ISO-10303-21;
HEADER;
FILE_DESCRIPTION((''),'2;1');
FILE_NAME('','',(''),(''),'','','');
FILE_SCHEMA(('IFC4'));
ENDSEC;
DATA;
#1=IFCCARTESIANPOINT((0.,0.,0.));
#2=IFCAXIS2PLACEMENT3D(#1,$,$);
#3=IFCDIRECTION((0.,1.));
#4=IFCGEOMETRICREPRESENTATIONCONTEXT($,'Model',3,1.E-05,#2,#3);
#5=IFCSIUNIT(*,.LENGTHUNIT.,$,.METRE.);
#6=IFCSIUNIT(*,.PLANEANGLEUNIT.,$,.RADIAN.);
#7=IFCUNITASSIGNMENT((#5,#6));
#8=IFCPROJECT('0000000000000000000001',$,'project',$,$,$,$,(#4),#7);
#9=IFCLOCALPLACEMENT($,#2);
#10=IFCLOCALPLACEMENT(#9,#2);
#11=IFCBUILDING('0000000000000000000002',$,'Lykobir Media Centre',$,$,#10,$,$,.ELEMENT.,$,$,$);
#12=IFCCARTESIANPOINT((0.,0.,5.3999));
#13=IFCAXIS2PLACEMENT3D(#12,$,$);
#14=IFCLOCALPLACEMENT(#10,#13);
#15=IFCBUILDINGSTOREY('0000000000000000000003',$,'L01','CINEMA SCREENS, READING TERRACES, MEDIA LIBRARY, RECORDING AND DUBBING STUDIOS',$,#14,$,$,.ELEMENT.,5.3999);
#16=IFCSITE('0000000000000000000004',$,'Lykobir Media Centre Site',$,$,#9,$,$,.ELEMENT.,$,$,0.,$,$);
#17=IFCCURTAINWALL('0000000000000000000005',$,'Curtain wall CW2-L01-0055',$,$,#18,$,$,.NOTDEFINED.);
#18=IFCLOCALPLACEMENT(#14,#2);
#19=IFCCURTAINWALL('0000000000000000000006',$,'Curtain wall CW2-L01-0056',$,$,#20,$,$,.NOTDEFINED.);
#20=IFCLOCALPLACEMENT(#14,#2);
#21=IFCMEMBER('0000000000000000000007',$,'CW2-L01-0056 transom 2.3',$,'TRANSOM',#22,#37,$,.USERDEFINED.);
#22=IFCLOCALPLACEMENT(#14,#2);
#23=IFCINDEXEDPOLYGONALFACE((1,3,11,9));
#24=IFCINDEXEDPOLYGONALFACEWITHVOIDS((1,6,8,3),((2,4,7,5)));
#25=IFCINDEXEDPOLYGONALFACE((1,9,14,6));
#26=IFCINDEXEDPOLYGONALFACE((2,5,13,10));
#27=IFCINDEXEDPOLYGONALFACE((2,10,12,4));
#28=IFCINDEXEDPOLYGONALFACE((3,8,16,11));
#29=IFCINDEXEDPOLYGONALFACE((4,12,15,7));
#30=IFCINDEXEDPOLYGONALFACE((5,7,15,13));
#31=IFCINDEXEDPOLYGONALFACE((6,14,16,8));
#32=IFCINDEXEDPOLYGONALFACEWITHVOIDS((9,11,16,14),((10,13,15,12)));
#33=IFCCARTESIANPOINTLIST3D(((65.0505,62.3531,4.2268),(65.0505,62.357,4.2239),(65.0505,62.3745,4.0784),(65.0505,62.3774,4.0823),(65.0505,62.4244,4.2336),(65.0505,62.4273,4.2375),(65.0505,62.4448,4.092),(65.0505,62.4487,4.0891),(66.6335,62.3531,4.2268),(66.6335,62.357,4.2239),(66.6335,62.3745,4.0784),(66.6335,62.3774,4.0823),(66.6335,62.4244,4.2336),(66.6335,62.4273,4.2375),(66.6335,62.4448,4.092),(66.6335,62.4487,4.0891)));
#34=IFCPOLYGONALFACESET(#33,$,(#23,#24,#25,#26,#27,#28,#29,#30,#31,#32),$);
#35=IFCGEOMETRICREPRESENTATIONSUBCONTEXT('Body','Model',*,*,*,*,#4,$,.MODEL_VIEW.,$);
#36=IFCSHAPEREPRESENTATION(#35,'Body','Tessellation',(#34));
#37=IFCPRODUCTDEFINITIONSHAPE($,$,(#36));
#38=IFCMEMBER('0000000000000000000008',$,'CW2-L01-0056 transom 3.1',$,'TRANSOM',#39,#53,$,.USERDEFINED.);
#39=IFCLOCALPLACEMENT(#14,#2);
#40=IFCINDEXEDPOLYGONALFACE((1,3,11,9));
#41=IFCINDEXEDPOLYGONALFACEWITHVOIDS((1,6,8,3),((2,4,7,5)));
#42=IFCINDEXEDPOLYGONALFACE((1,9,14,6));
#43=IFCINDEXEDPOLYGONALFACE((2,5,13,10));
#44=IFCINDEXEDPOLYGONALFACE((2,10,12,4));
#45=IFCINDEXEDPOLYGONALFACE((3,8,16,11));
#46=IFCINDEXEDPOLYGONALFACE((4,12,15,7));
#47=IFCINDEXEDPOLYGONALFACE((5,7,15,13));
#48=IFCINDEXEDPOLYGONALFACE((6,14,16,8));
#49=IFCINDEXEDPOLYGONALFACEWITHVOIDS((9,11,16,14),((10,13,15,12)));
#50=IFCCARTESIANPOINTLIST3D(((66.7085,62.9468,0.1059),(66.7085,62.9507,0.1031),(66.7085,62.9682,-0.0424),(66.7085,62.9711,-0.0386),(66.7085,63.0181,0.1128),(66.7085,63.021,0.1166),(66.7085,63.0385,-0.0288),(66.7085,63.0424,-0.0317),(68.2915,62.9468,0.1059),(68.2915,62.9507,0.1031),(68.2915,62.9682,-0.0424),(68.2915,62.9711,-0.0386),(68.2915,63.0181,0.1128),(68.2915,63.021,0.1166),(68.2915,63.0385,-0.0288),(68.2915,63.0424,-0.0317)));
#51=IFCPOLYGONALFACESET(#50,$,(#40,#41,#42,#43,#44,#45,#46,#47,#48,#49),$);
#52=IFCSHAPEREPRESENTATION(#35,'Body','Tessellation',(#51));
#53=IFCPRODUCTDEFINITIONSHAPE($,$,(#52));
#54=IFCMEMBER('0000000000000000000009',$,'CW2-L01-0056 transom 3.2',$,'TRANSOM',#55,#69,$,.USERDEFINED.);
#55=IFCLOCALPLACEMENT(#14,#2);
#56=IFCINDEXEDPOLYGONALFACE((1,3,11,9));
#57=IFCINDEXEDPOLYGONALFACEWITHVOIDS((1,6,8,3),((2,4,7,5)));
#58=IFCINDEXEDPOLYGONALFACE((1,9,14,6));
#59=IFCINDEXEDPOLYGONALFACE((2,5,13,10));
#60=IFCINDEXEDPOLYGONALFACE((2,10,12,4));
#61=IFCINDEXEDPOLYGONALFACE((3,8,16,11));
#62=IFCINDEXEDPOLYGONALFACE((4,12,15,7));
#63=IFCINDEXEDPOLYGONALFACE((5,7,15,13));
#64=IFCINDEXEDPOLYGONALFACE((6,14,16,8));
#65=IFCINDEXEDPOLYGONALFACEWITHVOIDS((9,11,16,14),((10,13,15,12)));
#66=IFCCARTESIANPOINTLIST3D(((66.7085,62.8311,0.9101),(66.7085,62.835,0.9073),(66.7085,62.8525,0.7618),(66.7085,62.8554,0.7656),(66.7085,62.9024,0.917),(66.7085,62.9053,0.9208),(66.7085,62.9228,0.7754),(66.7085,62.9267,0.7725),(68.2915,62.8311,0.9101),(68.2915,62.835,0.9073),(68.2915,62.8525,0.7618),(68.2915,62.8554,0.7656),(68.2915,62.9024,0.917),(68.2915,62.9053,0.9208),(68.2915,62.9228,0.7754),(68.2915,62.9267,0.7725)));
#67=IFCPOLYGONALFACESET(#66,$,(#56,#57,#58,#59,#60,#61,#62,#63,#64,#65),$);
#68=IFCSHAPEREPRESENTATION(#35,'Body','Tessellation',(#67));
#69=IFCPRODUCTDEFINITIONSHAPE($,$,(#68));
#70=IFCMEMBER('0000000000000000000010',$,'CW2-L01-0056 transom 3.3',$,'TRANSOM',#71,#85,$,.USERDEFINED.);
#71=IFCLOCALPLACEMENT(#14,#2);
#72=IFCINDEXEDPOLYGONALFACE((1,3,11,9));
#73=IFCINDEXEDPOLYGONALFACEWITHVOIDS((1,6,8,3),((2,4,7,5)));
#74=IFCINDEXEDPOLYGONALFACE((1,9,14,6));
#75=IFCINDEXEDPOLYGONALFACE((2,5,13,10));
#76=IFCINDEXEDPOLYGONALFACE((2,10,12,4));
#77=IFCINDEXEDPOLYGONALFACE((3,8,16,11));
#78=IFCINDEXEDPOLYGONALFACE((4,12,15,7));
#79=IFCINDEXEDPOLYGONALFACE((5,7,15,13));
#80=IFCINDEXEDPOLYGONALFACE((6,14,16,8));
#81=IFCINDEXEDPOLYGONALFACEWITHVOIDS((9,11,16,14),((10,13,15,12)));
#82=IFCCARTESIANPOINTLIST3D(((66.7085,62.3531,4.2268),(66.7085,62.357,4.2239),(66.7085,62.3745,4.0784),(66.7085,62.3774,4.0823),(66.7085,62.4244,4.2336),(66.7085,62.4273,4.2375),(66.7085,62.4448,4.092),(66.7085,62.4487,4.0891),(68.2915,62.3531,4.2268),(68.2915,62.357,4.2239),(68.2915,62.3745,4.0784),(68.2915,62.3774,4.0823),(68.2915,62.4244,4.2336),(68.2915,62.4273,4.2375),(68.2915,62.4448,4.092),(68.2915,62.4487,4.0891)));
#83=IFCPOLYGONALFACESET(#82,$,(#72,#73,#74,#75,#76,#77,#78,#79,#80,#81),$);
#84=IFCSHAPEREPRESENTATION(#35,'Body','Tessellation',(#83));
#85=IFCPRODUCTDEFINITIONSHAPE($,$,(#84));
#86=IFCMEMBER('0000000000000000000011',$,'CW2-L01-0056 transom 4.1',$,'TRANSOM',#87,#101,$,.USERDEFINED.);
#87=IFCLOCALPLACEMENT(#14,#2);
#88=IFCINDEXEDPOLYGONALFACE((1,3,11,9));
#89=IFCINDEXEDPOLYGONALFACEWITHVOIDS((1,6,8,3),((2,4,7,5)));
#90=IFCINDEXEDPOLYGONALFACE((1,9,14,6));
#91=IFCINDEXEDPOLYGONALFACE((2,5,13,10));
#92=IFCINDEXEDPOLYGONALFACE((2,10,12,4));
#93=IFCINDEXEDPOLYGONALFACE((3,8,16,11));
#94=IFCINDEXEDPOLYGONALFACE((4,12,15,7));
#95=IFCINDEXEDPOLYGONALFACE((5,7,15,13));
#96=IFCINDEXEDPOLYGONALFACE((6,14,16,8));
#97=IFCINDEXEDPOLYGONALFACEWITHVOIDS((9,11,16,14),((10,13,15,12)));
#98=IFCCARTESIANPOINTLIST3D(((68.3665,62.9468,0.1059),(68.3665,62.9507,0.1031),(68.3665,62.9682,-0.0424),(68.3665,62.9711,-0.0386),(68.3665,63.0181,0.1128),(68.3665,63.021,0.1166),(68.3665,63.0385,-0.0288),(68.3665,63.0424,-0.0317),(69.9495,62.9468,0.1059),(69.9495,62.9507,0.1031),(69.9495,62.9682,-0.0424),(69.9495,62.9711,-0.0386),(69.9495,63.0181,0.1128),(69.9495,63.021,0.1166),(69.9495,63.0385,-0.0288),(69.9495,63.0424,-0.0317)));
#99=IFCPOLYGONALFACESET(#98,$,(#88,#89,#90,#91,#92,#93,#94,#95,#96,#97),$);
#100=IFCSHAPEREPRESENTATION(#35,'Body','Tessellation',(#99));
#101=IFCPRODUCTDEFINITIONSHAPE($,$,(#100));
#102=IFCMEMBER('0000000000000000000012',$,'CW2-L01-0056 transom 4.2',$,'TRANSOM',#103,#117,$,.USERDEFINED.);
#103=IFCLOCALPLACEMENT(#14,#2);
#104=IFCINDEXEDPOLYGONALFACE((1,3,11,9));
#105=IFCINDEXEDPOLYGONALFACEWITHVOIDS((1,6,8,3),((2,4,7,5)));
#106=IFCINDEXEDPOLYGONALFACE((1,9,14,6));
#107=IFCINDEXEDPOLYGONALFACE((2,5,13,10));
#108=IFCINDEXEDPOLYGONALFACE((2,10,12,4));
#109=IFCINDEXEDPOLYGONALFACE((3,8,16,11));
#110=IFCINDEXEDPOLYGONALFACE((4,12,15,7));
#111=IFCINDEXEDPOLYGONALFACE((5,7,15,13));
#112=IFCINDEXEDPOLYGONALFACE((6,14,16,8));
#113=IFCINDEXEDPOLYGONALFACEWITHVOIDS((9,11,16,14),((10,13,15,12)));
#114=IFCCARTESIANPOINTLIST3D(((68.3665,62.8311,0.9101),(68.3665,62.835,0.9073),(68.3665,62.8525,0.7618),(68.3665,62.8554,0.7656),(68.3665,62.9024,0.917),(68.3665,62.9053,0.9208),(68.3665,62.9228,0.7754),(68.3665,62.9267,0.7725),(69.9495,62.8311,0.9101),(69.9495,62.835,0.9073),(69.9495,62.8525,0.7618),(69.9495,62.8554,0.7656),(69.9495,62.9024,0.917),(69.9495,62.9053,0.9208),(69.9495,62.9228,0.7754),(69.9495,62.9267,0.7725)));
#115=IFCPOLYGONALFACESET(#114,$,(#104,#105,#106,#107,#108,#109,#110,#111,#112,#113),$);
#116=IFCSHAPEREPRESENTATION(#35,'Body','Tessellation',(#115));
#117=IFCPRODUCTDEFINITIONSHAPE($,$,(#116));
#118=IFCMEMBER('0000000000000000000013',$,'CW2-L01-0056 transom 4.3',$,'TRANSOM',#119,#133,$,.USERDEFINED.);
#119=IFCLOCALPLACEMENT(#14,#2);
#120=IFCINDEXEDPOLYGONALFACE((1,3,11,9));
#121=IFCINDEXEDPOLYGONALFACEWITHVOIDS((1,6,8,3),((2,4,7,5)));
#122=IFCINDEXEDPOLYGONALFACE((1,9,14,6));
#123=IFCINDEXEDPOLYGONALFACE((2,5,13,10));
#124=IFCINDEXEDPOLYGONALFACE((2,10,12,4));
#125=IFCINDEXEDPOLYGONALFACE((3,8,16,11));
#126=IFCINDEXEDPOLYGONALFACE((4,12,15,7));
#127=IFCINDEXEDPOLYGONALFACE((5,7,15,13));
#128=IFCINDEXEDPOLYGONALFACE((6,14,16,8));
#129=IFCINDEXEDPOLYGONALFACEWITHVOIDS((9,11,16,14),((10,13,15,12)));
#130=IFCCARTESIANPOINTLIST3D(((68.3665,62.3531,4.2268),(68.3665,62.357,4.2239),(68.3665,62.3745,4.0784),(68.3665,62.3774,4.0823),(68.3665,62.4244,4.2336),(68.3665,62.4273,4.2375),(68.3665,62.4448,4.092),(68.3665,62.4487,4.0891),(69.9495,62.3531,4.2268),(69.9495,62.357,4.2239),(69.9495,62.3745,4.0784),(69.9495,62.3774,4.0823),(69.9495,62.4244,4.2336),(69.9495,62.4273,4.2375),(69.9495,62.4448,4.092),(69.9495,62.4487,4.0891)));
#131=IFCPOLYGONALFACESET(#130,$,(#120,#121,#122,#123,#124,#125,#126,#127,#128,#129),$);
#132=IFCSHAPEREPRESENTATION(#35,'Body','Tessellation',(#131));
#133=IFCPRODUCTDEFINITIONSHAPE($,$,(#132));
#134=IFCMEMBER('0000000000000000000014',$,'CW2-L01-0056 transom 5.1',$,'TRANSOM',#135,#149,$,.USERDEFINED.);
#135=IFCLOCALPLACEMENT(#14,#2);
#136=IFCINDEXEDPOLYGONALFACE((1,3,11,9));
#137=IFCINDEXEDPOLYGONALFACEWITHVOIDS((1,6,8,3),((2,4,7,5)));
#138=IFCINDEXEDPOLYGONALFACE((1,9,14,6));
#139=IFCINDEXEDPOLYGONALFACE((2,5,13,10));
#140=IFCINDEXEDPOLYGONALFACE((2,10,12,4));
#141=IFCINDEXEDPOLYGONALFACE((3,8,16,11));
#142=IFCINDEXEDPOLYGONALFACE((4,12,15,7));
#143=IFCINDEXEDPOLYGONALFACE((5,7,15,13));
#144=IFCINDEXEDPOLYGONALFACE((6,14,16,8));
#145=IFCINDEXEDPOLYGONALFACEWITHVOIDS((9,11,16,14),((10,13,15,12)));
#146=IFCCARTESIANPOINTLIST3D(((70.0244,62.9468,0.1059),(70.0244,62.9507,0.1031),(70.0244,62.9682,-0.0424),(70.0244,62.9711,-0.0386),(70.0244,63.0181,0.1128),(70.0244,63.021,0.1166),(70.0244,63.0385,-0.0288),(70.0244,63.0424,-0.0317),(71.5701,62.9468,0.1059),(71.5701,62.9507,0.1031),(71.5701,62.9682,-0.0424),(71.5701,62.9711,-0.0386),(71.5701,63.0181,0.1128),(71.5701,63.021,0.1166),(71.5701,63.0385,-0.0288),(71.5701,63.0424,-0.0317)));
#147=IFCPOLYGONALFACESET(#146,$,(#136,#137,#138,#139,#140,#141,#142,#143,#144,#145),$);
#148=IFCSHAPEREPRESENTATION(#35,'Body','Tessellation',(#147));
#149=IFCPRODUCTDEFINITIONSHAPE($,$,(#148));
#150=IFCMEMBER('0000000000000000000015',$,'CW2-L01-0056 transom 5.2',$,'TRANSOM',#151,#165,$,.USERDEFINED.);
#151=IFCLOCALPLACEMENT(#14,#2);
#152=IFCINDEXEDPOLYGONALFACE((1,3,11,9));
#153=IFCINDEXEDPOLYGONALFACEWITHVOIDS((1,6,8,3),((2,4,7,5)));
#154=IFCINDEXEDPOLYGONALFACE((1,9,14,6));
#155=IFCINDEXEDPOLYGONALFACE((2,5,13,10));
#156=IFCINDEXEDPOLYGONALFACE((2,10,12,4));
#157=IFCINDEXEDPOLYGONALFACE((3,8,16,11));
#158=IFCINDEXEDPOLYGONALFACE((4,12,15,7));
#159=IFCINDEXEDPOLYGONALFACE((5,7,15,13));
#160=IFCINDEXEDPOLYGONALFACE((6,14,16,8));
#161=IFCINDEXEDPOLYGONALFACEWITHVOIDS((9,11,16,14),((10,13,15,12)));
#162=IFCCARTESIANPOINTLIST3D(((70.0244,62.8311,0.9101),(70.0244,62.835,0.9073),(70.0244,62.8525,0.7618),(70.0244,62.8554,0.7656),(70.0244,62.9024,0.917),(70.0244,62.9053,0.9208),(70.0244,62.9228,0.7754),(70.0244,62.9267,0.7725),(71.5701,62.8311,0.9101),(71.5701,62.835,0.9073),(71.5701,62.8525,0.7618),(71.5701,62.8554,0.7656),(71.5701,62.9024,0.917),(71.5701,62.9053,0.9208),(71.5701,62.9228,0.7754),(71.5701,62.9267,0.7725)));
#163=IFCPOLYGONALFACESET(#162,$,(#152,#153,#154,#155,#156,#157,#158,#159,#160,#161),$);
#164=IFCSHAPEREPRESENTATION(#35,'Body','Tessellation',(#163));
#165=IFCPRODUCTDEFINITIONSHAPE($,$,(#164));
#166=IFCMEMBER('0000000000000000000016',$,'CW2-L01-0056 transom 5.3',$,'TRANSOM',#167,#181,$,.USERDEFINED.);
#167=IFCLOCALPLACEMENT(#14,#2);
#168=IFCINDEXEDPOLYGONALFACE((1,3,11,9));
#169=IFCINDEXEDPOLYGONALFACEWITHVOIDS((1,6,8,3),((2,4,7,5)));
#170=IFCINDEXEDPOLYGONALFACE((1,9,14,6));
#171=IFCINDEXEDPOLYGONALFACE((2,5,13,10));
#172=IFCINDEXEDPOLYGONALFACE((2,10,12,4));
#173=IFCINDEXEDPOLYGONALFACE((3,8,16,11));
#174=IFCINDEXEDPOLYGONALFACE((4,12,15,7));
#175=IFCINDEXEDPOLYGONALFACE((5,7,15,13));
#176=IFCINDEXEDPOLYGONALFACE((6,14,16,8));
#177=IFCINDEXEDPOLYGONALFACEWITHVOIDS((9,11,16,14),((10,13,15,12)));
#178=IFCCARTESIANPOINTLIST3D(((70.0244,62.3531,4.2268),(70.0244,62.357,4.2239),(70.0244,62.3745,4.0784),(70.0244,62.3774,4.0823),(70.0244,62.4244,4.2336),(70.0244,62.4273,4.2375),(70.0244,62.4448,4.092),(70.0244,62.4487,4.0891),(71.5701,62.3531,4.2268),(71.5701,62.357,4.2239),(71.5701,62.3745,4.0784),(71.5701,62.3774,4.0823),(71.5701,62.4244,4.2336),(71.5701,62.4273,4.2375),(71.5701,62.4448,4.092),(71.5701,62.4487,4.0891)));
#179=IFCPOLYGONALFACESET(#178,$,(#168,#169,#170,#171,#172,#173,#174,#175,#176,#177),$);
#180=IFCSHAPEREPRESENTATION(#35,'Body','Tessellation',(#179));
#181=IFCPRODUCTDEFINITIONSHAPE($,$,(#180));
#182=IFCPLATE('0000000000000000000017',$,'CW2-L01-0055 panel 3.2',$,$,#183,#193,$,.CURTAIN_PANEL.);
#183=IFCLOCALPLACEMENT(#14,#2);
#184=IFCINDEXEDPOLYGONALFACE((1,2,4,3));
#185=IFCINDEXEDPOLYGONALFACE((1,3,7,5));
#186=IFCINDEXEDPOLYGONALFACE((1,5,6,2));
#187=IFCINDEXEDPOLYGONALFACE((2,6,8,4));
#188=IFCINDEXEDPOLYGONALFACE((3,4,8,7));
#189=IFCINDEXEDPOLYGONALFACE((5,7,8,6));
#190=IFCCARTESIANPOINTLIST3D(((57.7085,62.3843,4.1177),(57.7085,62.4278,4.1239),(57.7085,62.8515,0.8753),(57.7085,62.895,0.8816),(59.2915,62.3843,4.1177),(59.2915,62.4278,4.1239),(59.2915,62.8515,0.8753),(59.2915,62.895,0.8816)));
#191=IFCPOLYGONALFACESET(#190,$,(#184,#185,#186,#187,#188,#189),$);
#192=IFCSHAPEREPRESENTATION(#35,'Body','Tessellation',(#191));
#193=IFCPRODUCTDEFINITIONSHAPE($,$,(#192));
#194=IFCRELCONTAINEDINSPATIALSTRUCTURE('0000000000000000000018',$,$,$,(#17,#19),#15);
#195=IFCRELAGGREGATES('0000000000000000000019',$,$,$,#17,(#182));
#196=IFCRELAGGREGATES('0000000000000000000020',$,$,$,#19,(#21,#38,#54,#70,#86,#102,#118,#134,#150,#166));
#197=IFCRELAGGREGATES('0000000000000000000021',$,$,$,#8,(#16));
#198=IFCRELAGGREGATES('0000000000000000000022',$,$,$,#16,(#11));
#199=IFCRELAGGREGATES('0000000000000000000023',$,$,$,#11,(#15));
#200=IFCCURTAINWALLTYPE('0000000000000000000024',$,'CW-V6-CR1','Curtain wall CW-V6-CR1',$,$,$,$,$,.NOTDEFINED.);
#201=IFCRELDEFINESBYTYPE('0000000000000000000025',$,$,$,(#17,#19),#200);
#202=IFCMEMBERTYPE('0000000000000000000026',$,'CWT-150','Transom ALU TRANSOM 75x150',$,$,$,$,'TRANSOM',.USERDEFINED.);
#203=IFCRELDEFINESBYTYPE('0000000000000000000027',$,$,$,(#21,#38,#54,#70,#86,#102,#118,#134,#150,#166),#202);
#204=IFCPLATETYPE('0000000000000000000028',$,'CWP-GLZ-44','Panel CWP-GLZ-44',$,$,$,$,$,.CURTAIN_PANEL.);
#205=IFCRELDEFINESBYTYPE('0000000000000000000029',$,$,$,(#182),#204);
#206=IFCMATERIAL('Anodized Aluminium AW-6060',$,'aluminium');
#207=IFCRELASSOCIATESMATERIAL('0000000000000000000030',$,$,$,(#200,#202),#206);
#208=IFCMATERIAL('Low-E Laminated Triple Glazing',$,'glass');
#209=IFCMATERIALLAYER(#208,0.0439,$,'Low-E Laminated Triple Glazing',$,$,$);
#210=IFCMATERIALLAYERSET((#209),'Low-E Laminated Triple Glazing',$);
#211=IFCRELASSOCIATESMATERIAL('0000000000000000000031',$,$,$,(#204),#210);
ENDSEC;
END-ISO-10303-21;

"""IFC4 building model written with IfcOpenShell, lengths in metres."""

from ifc_helpers import new_model, si_unit, direction, frame, origin, origin_2d, place, context, subcontext, project, spatial, rectangle, hollow_rectangle, extrude, material, layer, layer_set, material_profile, profile_set, type_object, element, aggregate, save


model = new_model("IFC4")

# Units and contexts
model_context = context("Model", 3, precision=1e-05, world=origin(), true_north=direction((0.0, 1.0)))
body_context = subcontext(model_context, "Body", "Model", "MODEL_VIEW")
ifc_project = project(units=[si_unit("LENGTHUNIT", "METRE"), si_unit("PLANEANGLEUNIT", "RADIAN")], contexts=[model_context])

# Site, building, storey
site_placement = place(None, origin())
site = spatial("IfcSite", under=ifc_project, at=site_placement, Name="Lykobir Media Centre Site", CompositionType="ELEMENT", RefElevation=0.0)
building_placement = place(site_placement, origin())
building = spatial("IfcBuilding", under=site, at=building_placement, Name="Lykobir Media Centre", CompositionType="ELEMENT")
storey_placement = place(building_placement, frame((0.0, 0.0, 5.3999)))
storey = spatial("IfcBuildingStorey", under=building, at=storey_placement, Name="L01", Description="CINEMA SCREENS, READING TERRACES, MEDIA LIBRARY, RECORDING AND DUBBING STUDIOS", CompositionType="ELEMENT", Elevation=5.3999)

# Curtain walls, members
ifc_material_1 = material(Name="Anodized Aluminium AW-6060", Category="aluminium")
curtain_wall_type = type_object("IfcCurtainWallType", Name="CW-V6-CR1", Description="Curtain wall CW-V6-CR1", PredefinedType="NOTDEFINED", material=ifc_material_1)
curtain_wall_1_placement = place(storey_placement, origin())
curtain_wall_1 = element("IfcCurtainWall", 1, at=curtain_wall_1_placement, inside=storey, type_object=curtain_wall_type, Name="Curtain wall CW2-L01-0055", PredefinedType="NOTDEFINED")
ifc_material_profile = material_profile(ifc_material_1, hollow_rectangle(XDim=0.075, YDim=0.1499, WallThickness=0.0034, at=origin_2d()), Name="ALU TRANSOM 75x150")
ifc_profile_set = profile_set([ifc_material_profile], Name="Anodized Aluminium AW-6060")
member_type = type_object("IfcMemberType", Name="CWT-150", Description="Transom ALU TRANSOM 75x150", ElementType="TRANSOM", PredefinedType="USERDEFINED", material=ifc_profile_set)
curtain_wall_2_placement = place(storey_placement, origin())
curtain_wall_2 = element("IfcCurtainWall", 2, at=curtain_wall_2_placement, inside=storey, type_object=curtain_wall_type, Name="Curtain wall CW2-L01-0056", PredefinedType="NOTDEFINED")
member_1_placement = place(storey_placement, frame((65.0505, 62.4009, 4.158), z_axis=(1.0, 0.0, 0.0), x_axis=(0.0, 0.989776, 0.142629)))
member_1 = element("IfcMember", 3, at=member_1_placement, type_object=member_type, Name="CW2-L01-0056 transom 2.3", ObjectType="TRANSOM", PredefinedType="USERDEFINED", context=body_context, shape_type="SweptSolid", body=[
    extrude(hollow_rectangle(XDim=0.075, YDim=0.1499, WallThickness=0.0034, at=origin_2d()), origin(), (0.0, 0.0, 1.0), 1.583),
])
member_2_placement = place(storey_placement, frame((66.7085, 62.9946, 0.0371), z_axis=(1.0, 0.0, 0.0), x_axis=(0.0, 0.989776, 0.142629)))
member_2 = element("IfcMember", 4, at=member_2_placement, type_object=member_type, Name="CW2-L01-0056 transom 3.1", ObjectType="TRANSOM", PredefinedType="USERDEFINED", context=body_context, shape_type="SweptSolid", body=[
    extrude(hollow_rectangle(XDim=0.075, YDim=0.1499, WallThickness=0.0034, at=origin_2d()), origin(), (0.0, 0.0, 1.0), 1.583),
])
member_3_placement = place(storey_placement, frame((66.7085, 62.8789, 0.8413), z_axis=(1.0, 0.0, 0.0), x_axis=(0.0, 0.989776, 0.142629)))
member_3 = element("IfcMember", 5, at=member_3_placement, type_object=member_type, Name="CW2-L01-0056 transom 3.2", ObjectType="TRANSOM", PredefinedType="USERDEFINED", context=body_context, shape_type="SweptSolid", body=[
    extrude(hollow_rectangle(XDim=0.075, YDim=0.1499, WallThickness=0.0034, at=origin_2d()), origin(), (0.0, 0.0, 1.0), 1.583),
])
member_4_placement = place(storey_placement, frame((66.7085, 62.4009, 4.158), z_axis=(1.0, 0.0, 0.0), x_axis=(0.0, 0.989776, 0.142629)))
member_4 = element("IfcMember", 6, at=member_4_placement, type_object=member_type, Name="CW2-L01-0056 transom 3.3", ObjectType="TRANSOM", PredefinedType="USERDEFINED", context=body_context, shape_type="SweptSolid", body=[
    extrude(hollow_rectangle(XDim=0.075, YDim=0.1499, WallThickness=0.0034, at=origin_2d()), origin(), (0.0, 0.0, 1.0), 1.583),
])
member_5_placement = place(storey_placement, frame((68.3665, 62.9946, 0.0371), z_axis=(1.0, 0.0, 0.0), x_axis=(0.0, 0.989776, 0.142629)))
member_5 = element("IfcMember", 7, at=member_5_placement, type_object=member_type, Name="CW2-L01-0056 transom 4.1", ObjectType="TRANSOM", PredefinedType="USERDEFINED", context=body_context, shape_type="SweptSolid", body=[
    extrude(hollow_rectangle(XDim=0.075, YDim=0.1499, WallThickness=0.0034, at=origin_2d()), origin(), (0.0, 0.0, 1.0), 1.583),
])
member_6_placement = place(storey_placement, frame((68.3665, 62.8789, 0.8413), z_axis=(1.0, 0.0, 0.0), x_axis=(0.0, 0.989776, 0.142629)))
member_6 = element("IfcMember", 8, at=member_6_placement, type_object=member_type, Name="CW2-L01-0056 transom 4.2", ObjectType="TRANSOM", PredefinedType="USERDEFINED", context=body_context, shape_type="SweptSolid", body=[
    extrude(hollow_rectangle(XDim=0.075, YDim=0.1499, WallThickness=0.0034, at=origin_2d()), origin(), (0.0, 0.0, 1.0), 1.583),
])
member_7_placement = place(storey_placement, frame((68.3665, 62.4009, 4.158), z_axis=(1.0, 0.0, 0.0), x_axis=(0.0, 0.989776, 0.142629)))
member_7 = element("IfcMember", 9, at=member_7_placement, type_object=member_type, Name="CW2-L01-0056 transom 4.3", ObjectType="TRANSOM", PredefinedType="USERDEFINED", context=body_context, shape_type="SweptSolid", body=[
    extrude(hollow_rectangle(XDim=0.075, YDim=0.1499, WallThickness=0.0034, at=origin_2d()), origin(), (0.0, 0.0, 1.0), 1.583),
])
member_8_placement = place(storey_placement, frame((70.0244, 62.9946, 0.0371), z_axis=(1.0, 0.0, 0.0), x_axis=(0.0, 0.989776, 0.142629)))
member_8 = element("IfcMember", 10, at=member_8_placement, type_object=member_type, Name="CW2-L01-0056 transom 5.1", ObjectType="TRANSOM", PredefinedType="USERDEFINED", context=body_context, shape_type="SweptSolid", body=[
    extrude(hollow_rectangle(XDim=0.075, YDim=0.1499, WallThickness=0.0034, at=origin_2d()), origin(), (0.0, 0.0, 1.0), 1.5457),
])
member_9_placement = place(storey_placement, frame((70.0244, 62.8789, 0.8413), z_axis=(1.0, 0.0, 0.0), x_axis=(0.0, 0.989776, 0.142629)))
member_9 = element("IfcMember", 11, at=member_9_placement, type_object=member_type, Name="CW2-L01-0056 transom 5.2", ObjectType="TRANSOM", PredefinedType="USERDEFINED", context=body_context, shape_type="SweptSolid", body=[
    extrude(hollow_rectangle(XDim=0.075, YDim=0.1499, WallThickness=0.0034, at=origin_2d()), origin(), (0.0, 0.0, 1.0), 1.5457),
])
member_10_placement = place(storey_placement, frame((70.0244, 62.4009, 4.158), z_axis=(1.0, 0.0, 0.0), x_axis=(0.0, 0.989776, 0.142629)))
member_10 = element("IfcMember", 12, at=member_10_placement, type_object=member_type, Name="CW2-L01-0056 transom 5.3", ObjectType="TRANSOM", PredefinedType="USERDEFINED", context=body_context, shape_type="SweptSolid", body=[
    extrude(hollow_rectangle(XDim=0.075, YDim=0.1499, WallThickness=0.0034, at=origin_2d()), origin(), (0.0, 0.0, 1.0), 1.5457),
])

# Plate
ifc_material_2 = material(Name="Low-E Laminated Triple Glazing", Category="glass")
ifc_layer_1 = layer(ifc_material_2, 0.0439, Name="Low-E Laminated Triple Glazing")
ifc_layer_set_1 = layer_set([ifc_layer_1], Name="Low-E Laminated Triple Glazing")
plate_type_1 = type_object("IfcPlateType", Name="CWP-GLZ-44", Description="Panel CWP-GLZ-44", PredefinedType="CURTAIN_PANEL", material=ifc_layer_set_1)
plate_1_placement = place(storey_placement, frame((58.5, 62.8733, 0.8784), z_axis=(0.0, -0.142629, 0.989776), x_axis=(1.0, 0.0, 0.0)))
plate_1 = element("IfcPlate", 13, at=plate_1_placement, type_object=plate_type_1, Name="CW2-L01-0055 panel 3.2", PredefinedType="CURTAIN_PANEL", context=body_context, shape_type="SweptSolid", body=[
    extrude(rectangle(XDim=1.583, YDim=0.0439, at=origin_2d()), origin(), (0.0, 0.0, 1.0), 3.2759),
])
aggregate(curtain_wall_1, [plate_1])
aggregate(curtain_wall_2, [member_1, member_2, member_3, member_4, member_5, member_6, member_7, member_8, member_9, member_10])

save(model, "model.ifc")
